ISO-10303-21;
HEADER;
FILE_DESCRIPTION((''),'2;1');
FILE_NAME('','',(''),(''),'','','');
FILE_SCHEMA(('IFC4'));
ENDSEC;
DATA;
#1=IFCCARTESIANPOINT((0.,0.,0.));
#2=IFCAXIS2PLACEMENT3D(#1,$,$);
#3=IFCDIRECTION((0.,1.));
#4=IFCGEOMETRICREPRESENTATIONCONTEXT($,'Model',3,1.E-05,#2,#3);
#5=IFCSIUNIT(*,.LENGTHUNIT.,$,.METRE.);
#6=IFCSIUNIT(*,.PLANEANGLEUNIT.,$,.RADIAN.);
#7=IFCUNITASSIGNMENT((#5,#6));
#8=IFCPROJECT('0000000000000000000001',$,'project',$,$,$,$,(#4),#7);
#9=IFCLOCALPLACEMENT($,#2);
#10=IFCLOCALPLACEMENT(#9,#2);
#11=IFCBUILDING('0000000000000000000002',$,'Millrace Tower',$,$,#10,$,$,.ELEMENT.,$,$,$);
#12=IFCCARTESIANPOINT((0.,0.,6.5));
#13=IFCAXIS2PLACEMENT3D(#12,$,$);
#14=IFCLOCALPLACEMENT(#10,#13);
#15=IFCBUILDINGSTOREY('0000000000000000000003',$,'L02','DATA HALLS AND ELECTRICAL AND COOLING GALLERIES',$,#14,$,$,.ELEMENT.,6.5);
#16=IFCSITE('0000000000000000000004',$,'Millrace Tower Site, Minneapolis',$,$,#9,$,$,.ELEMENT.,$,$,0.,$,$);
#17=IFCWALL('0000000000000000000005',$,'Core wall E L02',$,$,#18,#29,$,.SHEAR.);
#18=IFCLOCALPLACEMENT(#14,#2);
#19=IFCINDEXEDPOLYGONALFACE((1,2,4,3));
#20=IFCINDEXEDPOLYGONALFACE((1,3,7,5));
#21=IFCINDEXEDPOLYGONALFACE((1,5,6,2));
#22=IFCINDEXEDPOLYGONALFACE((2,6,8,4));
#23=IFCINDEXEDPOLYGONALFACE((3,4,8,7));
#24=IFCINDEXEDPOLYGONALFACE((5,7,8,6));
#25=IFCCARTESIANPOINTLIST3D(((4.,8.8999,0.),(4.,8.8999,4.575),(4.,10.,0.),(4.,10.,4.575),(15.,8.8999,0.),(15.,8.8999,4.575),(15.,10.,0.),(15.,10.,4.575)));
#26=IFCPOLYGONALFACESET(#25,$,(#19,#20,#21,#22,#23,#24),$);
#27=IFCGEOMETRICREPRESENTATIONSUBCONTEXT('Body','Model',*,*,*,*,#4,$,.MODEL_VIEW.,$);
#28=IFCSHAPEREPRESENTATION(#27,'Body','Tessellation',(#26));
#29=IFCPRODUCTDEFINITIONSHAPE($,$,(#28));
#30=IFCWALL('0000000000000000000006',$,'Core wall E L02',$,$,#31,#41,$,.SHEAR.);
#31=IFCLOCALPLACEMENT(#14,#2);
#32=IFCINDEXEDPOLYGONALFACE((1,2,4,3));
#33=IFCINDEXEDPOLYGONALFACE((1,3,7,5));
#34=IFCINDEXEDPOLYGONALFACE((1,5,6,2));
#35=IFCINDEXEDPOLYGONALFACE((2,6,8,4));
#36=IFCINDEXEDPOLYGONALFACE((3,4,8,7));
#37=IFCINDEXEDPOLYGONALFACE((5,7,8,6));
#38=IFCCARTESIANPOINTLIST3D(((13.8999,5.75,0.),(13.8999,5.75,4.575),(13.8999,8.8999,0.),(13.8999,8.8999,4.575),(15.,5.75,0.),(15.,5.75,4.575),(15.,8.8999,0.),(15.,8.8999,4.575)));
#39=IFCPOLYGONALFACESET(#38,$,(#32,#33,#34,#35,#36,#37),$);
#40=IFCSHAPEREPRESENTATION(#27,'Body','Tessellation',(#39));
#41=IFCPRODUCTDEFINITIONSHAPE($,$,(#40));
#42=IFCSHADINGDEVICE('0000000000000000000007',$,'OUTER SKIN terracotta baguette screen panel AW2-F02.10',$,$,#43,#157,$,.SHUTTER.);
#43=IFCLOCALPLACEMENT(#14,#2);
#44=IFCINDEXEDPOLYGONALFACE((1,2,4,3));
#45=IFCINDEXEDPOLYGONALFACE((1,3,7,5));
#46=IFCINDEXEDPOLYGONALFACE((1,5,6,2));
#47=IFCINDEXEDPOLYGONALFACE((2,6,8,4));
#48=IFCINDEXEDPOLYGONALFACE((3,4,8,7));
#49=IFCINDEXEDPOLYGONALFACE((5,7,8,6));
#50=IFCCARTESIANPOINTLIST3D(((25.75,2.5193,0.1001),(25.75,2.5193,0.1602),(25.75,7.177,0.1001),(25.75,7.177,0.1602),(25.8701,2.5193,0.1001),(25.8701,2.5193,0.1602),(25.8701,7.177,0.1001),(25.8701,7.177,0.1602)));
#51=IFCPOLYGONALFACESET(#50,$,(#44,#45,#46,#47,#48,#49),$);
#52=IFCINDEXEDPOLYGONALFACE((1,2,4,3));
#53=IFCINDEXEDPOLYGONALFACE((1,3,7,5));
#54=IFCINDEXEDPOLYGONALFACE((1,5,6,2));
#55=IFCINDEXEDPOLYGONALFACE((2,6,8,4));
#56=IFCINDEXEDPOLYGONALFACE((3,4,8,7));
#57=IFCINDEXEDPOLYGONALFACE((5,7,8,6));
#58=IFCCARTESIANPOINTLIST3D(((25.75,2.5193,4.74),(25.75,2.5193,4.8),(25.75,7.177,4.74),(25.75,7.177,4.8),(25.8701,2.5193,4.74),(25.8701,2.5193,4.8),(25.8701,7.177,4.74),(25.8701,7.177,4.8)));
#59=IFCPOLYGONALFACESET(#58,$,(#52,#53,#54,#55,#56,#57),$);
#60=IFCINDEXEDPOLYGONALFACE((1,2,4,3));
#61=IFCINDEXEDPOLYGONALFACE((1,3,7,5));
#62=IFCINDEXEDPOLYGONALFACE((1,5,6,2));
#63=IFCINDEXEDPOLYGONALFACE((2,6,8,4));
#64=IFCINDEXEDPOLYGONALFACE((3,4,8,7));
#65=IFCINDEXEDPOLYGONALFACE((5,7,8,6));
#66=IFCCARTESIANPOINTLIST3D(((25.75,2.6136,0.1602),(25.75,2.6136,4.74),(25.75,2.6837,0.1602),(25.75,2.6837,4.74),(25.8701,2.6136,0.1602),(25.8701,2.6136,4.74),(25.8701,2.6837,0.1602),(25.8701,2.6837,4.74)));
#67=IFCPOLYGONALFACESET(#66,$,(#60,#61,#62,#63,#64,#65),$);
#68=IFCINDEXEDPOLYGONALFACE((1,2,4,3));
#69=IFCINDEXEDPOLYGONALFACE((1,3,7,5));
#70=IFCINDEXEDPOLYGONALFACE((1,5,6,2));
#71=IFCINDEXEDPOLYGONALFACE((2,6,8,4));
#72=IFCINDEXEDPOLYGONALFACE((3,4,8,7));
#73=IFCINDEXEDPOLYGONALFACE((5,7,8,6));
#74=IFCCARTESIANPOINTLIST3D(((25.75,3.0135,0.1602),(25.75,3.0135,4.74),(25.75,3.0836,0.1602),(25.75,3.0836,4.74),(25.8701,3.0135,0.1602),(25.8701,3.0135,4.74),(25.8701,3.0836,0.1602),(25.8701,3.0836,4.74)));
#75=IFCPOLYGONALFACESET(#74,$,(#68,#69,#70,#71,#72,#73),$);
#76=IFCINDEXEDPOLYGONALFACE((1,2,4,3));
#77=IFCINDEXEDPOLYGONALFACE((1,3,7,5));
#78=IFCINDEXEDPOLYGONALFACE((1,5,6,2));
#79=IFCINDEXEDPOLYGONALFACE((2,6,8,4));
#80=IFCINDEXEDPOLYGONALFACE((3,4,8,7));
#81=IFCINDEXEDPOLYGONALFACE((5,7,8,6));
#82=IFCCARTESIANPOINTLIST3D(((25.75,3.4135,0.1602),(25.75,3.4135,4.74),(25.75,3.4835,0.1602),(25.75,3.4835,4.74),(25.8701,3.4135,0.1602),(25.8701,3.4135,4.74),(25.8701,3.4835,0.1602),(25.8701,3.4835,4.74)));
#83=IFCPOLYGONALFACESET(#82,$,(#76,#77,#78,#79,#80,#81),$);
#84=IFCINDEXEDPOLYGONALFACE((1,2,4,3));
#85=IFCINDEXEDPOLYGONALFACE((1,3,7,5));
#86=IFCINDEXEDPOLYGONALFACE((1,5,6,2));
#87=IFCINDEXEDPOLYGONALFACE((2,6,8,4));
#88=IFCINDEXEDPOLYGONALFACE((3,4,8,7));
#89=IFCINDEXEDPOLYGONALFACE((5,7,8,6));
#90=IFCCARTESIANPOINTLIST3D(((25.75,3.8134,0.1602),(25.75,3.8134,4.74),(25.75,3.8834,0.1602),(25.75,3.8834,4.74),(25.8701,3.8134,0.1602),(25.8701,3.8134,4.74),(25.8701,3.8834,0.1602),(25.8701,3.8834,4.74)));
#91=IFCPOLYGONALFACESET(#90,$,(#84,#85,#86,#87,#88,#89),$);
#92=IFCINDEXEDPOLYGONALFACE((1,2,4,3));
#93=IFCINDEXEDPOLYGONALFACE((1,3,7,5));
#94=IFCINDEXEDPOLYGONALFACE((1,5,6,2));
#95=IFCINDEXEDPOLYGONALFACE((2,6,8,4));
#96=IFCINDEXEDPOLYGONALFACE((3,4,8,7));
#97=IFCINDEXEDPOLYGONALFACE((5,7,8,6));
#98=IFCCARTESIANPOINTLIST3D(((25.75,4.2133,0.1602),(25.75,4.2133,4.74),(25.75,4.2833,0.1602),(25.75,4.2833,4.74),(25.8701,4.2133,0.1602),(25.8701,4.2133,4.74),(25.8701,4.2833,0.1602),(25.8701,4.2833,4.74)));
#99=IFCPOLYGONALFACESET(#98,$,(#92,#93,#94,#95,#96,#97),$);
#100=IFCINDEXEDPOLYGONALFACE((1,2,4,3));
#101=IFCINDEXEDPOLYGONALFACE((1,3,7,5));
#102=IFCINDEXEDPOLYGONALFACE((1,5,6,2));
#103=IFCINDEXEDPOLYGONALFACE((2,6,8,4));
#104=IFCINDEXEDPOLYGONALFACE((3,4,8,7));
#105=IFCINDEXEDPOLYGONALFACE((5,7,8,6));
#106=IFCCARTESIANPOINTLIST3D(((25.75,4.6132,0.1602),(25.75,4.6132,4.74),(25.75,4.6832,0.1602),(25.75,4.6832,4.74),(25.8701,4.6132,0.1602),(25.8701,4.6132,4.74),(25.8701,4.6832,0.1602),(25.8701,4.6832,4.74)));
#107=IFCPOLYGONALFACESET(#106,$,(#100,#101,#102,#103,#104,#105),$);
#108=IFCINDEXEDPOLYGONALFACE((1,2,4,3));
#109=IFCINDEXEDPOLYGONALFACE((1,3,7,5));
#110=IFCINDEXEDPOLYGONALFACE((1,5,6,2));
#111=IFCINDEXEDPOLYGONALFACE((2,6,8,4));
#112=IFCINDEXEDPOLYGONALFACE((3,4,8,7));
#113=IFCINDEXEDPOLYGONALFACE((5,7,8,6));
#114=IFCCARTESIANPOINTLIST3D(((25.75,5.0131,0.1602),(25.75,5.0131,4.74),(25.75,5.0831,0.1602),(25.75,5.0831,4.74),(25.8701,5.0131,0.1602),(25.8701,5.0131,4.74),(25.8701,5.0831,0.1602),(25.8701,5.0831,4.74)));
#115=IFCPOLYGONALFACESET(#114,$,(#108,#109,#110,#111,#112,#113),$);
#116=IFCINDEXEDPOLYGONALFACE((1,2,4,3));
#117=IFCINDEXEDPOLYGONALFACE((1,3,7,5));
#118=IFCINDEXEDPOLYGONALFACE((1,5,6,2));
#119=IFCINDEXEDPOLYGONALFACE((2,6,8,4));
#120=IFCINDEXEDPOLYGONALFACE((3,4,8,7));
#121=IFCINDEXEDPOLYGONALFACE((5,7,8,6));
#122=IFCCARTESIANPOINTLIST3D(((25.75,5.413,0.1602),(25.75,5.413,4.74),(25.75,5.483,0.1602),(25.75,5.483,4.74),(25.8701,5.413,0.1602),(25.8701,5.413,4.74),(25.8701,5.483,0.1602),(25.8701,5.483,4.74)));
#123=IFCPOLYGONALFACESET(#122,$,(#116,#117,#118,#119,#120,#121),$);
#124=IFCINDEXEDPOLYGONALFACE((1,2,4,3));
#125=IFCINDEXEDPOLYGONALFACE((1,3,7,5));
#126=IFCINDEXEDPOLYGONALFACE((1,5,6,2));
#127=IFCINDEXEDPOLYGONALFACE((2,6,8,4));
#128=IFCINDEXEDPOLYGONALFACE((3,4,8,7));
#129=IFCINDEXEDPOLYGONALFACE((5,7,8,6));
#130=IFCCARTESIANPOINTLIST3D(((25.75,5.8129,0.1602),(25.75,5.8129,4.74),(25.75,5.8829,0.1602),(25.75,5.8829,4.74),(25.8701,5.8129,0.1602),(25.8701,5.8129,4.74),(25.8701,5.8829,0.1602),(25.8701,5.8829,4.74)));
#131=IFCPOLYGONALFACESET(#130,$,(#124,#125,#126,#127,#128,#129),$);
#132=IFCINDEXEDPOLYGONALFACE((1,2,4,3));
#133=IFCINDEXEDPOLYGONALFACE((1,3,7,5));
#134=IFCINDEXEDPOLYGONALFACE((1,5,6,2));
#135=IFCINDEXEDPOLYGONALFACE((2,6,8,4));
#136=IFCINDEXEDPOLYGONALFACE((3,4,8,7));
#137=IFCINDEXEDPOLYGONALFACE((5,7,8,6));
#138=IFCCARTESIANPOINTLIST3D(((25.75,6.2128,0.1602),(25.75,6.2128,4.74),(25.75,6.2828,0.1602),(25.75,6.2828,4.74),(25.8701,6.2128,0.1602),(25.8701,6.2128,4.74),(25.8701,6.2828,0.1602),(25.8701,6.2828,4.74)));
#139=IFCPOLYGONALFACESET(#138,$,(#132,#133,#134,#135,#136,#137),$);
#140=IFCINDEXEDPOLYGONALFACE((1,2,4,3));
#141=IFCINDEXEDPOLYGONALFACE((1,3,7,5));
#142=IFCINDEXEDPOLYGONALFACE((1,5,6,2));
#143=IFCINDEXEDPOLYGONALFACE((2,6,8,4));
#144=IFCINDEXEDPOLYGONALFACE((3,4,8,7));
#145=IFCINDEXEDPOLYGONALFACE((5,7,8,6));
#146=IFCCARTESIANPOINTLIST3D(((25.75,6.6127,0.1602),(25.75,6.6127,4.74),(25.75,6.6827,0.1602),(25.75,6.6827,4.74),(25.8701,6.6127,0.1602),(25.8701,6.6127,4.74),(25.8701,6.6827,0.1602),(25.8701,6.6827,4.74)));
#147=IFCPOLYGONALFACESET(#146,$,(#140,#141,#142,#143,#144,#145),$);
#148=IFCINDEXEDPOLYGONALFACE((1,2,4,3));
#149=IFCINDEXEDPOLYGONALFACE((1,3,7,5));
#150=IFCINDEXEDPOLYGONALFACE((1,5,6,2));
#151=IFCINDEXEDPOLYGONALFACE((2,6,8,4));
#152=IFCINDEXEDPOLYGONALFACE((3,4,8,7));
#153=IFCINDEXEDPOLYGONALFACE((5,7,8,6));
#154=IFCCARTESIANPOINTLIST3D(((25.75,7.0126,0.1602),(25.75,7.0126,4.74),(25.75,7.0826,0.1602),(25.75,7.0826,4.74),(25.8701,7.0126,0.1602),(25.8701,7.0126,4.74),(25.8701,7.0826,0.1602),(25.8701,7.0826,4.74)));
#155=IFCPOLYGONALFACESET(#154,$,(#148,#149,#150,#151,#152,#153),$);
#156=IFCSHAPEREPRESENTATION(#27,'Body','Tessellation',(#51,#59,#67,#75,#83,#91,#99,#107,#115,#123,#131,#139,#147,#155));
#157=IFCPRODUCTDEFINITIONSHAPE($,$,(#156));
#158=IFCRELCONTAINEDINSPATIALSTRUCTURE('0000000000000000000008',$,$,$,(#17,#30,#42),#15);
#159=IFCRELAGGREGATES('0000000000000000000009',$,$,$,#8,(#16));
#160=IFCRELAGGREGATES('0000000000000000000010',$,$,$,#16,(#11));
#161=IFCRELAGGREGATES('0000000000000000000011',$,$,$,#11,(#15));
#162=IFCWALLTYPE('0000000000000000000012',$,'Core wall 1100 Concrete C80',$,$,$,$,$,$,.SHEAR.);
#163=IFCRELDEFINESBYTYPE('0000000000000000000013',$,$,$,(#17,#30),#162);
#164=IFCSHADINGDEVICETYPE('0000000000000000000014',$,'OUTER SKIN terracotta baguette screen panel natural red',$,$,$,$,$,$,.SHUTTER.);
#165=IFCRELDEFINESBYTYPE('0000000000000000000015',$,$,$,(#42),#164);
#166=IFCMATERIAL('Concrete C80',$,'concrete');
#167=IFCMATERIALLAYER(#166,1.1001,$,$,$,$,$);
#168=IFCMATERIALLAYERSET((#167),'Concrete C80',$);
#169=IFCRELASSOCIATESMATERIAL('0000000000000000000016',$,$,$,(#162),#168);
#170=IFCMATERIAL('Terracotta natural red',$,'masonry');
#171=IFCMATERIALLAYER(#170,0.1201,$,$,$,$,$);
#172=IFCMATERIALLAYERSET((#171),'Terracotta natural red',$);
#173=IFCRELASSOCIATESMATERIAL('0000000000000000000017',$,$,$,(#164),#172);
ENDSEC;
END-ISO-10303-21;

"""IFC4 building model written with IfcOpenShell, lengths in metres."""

from ifc_helpers import new_model, entity, si_unit, direction, frame, frame_2d, origin, place, context, subcontext, project, spatial, rectangle, extrude, source, transform, mapped, material, layer, layer_set, type_object, element, save


model = new_model("IFC4")

# Units and contexts
model_context = context("Model", 3, precision=1e-05, world=origin(), true_north=direction((0.0, 1.0)))
body_context = subcontext(model_context, "Body", "Model", "MODEL_VIEW")
ifc_project = project(units=[si_unit("LENGTHUNIT", "METRE"), si_unit("PLANEANGLEUNIT", "RADIAN")], contexts=[model_context])

# Site, building, storey
site_placement = place(None, origin())
site = spatial("IfcSite", under=ifc_project, at=site_placement, Name="Millrace Tower Site, Minneapolis", CompositionType="ELEMENT", RefElevation=0.0)
building_placement = place(site_placement, origin())
building = spatial("IfcBuilding", under=site, at=building_placement, Name="Millrace Tower", CompositionType="ELEMENT")
storey_placement = place(building_placement, frame((0.0, 0.0, 6.5)))
storey = spatial("IfcBuildingStorey", under=building, at=storey_placement, Name="L02", Description="DATA HALLS AND ELECTRICAL AND COOLING GALLERIES", CompositionType="ELEMENT", Elevation=6.5)

# Walls
ifc_material_1 = material(Name="Concrete C80", Category="concrete")
ifc_layer_1 = layer(ifc_material_1, 1.1001)
ifc_layer_set_1 = layer_set([ifc_layer_1], Name="Concrete C80")
wall_type = type_object("IfcWallType", Name="Core wall 1100 Concrete C80", PredefinedType="SHEAR", material=ifc_layer_set_1)
wall_1_placement = place(storey_placement, frame((15.0, 9.45, 0.0), z_axis=(0.0, 0.0, 1.0), x_axis=(-1.0, 0.0, 0.0)))
element("IfcWall", 1, at=wall_1_placement, inside=storey, type_object=wall_type, Name="Core wall E L02", PredefinedType="SHEAR", context=body_context, shape_type="SweptSolid", body=[
    extrude(rectangle(XDim=11.0, YDim=1.1001, at=frame_2d((5.5, 0.0))), origin(), (0.0, 0.0, 1.0), 4.575),
])
wall_2_placement = place(storey_placement, frame((14.45, 8.8999, 0.0), z_axis=(0.0, 0.0, 1.0), x_axis=(0.0, -1.0, 0.0)))
element("IfcWall", 2, at=wall_2_placement, inside=storey, type_object=wall_type, Name="Core wall E L02", PredefinedType="SHEAR", context=body_context, shape_type="SweptSolid", body=[
    extrude(rectangle(XDim=3.1499, YDim=1.1001, at=frame_2d((1.575, 0.0))), origin(), (0.0, 0.0, 1.0), 4.575),
])

# Shading device
cartesian_point_1 = entity("IfcCartesianPoint", [-2.3289, 0.0601])
shared_polyline_1 = entity("IfcPolyline", [cartesian_point_1, entity("IfcCartesianPoint", [2.3289, 0.0601]), entity("IfcCartesianPoint", [2.3289, -0.0601]), entity("IfcCartesianPoint", [-2.3289, -0.0601]), cartesian_point_1])
ifc_material_2 = material(Name="Terracotta natural red", Category="masonry")
ifc_layer_2 = layer(ifc_material_2, 0.1201)
ifc_layer_set_2 = layer_set([ifc_layer_2], Name="Terracotta natural red")
shading_device_type_1 = type_object("IfcShadingDeviceType", Name="OUTER SKIN terracotta baguette screen panel natural red", PredefinedType="SHUTTER", material=ifc_layer_set_2)
shared_shape_1 = source(origin(), body_context, "Body", "SweptSolid", [
    entity("IfcExtrudedAreaSolid", entity("IfcArbitraryClosedProfileDef", "AREA", None, shared_polyline_1), entity("IfcAxis2Placement3D", entity("IfcCartesianPoint", [0.0, 0.0, 0.0])), entity("IfcDirection", [0.0, 0.0, 1.0]), 0.0601),
    entity("IfcExtrudedAreaSolid", entity("IfcArbitraryClosedProfileDef", "AREA", None, shared_polyline_1), entity("IfcAxis2Placement3D", entity("IfcCartesianPoint", [0.0, 0.0, 4.6399])), entity("IfcDirection", [0.0, 0.0, 1.0]), 0.0601),
    extrude(rectangle(XDim=0.0701, YDim=0.1201, at=frame_2d((-2.1995, 0.0))), frame((0.0, 0.0, 0.0601)), (0.0, 0.0, 1.0), 4.5798),
    extrude(rectangle(XDim=0.0701, YDim=0.1201, at=frame_2d((-1.7996, 0.0))), frame((0.0, 0.0, 0.0601)), (0.0, 0.0, 1.0), 4.5798),
    extrude(rectangle(XDim=0.0701, YDim=0.1201, at=frame_2d((-1.3997, 0.0))), frame((0.0, 0.0, 0.0601)), (0.0, 0.0, 1.0), 4.5798),
    extrude(rectangle(XDim=0.0701, YDim=0.1201, at=frame_2d((-0.9998, 0.0))), frame((0.0, 0.0, 0.0601)), (0.0, 0.0, 1.0), 4.5798),
    extrude(rectangle(XDim=0.0701, YDim=0.1201, at=frame_2d((-0.5999, 0.0))), frame((0.0, 0.0, 0.0601)), (0.0, 0.0, 1.0), 4.5798),
    extrude(rectangle(XDim=0.0701, YDim=0.1201, at=frame_2d((-0.2, 0.0))), frame((0.0, 0.0, 0.0601)), (0.0, 0.0, 1.0), 4.5798),
    extrude(rectangle(XDim=0.0701, YDim=0.1201, at=frame_2d((0.2, 0.0))), frame((0.0, 0.0, 0.0601)), (0.0, 0.0, 1.0), 4.5798),
    extrude(rectangle(XDim=0.0701, YDim=0.1201, at=frame_2d((0.5999, 0.0))), frame((0.0, 0.0, 0.0601)), (0.0, 0.0, 1.0), 4.5798),
    extrude(rectangle(XDim=0.0701, YDim=0.1201, at=frame_2d((0.9998, 0.0))), frame((0.0, 0.0, 0.0601)), (0.0, 0.0, 1.0), 4.5798),
    extrude(rectangle(XDim=0.0701, YDim=0.1201, at=frame_2d((1.3997, 0.0))), frame((0.0, 0.0, 0.0601)), (0.0, 0.0, 1.0), 4.5798),
    extrude(rectangle(XDim=0.0701, YDim=0.1201, at=frame_2d((1.7996, 0.0))), frame((0.0, 0.0, 0.0601)), (0.0, 0.0, 1.0), 4.5798),
    extrude(rectangle(XDim=0.0701, YDim=0.1201, at=frame_2d((2.1995, 0.0))), frame((0.0, 0.0, 0.0601)), (0.0, 0.0, 1.0), 4.5798),
])
for number, where, z_axis, x_axis, name in (
    (3, (25.8101, 4.8481, 0.1001), (0.0, 0.0, 1.0), (0.0, 1.0, 0.0), "OUTER SKIN terracotta baguette screen panel AW2-F02.10"),
):
    element("IfcShadingDevice", number, at=place(storey_placement, frame(where, z_axis=z_axis, x_axis=x_axis)), inside=storey, type_object=shading_device_type_1, Name=name, PredefinedType="SHUTTER", context=body_context, shape_type="MappedRepresentation", body=[
        mapped(shared_shape_1, transform((0.0, 0.0, 0.0), scale=1.0)),
    ])

save(model, "model.ifc")
